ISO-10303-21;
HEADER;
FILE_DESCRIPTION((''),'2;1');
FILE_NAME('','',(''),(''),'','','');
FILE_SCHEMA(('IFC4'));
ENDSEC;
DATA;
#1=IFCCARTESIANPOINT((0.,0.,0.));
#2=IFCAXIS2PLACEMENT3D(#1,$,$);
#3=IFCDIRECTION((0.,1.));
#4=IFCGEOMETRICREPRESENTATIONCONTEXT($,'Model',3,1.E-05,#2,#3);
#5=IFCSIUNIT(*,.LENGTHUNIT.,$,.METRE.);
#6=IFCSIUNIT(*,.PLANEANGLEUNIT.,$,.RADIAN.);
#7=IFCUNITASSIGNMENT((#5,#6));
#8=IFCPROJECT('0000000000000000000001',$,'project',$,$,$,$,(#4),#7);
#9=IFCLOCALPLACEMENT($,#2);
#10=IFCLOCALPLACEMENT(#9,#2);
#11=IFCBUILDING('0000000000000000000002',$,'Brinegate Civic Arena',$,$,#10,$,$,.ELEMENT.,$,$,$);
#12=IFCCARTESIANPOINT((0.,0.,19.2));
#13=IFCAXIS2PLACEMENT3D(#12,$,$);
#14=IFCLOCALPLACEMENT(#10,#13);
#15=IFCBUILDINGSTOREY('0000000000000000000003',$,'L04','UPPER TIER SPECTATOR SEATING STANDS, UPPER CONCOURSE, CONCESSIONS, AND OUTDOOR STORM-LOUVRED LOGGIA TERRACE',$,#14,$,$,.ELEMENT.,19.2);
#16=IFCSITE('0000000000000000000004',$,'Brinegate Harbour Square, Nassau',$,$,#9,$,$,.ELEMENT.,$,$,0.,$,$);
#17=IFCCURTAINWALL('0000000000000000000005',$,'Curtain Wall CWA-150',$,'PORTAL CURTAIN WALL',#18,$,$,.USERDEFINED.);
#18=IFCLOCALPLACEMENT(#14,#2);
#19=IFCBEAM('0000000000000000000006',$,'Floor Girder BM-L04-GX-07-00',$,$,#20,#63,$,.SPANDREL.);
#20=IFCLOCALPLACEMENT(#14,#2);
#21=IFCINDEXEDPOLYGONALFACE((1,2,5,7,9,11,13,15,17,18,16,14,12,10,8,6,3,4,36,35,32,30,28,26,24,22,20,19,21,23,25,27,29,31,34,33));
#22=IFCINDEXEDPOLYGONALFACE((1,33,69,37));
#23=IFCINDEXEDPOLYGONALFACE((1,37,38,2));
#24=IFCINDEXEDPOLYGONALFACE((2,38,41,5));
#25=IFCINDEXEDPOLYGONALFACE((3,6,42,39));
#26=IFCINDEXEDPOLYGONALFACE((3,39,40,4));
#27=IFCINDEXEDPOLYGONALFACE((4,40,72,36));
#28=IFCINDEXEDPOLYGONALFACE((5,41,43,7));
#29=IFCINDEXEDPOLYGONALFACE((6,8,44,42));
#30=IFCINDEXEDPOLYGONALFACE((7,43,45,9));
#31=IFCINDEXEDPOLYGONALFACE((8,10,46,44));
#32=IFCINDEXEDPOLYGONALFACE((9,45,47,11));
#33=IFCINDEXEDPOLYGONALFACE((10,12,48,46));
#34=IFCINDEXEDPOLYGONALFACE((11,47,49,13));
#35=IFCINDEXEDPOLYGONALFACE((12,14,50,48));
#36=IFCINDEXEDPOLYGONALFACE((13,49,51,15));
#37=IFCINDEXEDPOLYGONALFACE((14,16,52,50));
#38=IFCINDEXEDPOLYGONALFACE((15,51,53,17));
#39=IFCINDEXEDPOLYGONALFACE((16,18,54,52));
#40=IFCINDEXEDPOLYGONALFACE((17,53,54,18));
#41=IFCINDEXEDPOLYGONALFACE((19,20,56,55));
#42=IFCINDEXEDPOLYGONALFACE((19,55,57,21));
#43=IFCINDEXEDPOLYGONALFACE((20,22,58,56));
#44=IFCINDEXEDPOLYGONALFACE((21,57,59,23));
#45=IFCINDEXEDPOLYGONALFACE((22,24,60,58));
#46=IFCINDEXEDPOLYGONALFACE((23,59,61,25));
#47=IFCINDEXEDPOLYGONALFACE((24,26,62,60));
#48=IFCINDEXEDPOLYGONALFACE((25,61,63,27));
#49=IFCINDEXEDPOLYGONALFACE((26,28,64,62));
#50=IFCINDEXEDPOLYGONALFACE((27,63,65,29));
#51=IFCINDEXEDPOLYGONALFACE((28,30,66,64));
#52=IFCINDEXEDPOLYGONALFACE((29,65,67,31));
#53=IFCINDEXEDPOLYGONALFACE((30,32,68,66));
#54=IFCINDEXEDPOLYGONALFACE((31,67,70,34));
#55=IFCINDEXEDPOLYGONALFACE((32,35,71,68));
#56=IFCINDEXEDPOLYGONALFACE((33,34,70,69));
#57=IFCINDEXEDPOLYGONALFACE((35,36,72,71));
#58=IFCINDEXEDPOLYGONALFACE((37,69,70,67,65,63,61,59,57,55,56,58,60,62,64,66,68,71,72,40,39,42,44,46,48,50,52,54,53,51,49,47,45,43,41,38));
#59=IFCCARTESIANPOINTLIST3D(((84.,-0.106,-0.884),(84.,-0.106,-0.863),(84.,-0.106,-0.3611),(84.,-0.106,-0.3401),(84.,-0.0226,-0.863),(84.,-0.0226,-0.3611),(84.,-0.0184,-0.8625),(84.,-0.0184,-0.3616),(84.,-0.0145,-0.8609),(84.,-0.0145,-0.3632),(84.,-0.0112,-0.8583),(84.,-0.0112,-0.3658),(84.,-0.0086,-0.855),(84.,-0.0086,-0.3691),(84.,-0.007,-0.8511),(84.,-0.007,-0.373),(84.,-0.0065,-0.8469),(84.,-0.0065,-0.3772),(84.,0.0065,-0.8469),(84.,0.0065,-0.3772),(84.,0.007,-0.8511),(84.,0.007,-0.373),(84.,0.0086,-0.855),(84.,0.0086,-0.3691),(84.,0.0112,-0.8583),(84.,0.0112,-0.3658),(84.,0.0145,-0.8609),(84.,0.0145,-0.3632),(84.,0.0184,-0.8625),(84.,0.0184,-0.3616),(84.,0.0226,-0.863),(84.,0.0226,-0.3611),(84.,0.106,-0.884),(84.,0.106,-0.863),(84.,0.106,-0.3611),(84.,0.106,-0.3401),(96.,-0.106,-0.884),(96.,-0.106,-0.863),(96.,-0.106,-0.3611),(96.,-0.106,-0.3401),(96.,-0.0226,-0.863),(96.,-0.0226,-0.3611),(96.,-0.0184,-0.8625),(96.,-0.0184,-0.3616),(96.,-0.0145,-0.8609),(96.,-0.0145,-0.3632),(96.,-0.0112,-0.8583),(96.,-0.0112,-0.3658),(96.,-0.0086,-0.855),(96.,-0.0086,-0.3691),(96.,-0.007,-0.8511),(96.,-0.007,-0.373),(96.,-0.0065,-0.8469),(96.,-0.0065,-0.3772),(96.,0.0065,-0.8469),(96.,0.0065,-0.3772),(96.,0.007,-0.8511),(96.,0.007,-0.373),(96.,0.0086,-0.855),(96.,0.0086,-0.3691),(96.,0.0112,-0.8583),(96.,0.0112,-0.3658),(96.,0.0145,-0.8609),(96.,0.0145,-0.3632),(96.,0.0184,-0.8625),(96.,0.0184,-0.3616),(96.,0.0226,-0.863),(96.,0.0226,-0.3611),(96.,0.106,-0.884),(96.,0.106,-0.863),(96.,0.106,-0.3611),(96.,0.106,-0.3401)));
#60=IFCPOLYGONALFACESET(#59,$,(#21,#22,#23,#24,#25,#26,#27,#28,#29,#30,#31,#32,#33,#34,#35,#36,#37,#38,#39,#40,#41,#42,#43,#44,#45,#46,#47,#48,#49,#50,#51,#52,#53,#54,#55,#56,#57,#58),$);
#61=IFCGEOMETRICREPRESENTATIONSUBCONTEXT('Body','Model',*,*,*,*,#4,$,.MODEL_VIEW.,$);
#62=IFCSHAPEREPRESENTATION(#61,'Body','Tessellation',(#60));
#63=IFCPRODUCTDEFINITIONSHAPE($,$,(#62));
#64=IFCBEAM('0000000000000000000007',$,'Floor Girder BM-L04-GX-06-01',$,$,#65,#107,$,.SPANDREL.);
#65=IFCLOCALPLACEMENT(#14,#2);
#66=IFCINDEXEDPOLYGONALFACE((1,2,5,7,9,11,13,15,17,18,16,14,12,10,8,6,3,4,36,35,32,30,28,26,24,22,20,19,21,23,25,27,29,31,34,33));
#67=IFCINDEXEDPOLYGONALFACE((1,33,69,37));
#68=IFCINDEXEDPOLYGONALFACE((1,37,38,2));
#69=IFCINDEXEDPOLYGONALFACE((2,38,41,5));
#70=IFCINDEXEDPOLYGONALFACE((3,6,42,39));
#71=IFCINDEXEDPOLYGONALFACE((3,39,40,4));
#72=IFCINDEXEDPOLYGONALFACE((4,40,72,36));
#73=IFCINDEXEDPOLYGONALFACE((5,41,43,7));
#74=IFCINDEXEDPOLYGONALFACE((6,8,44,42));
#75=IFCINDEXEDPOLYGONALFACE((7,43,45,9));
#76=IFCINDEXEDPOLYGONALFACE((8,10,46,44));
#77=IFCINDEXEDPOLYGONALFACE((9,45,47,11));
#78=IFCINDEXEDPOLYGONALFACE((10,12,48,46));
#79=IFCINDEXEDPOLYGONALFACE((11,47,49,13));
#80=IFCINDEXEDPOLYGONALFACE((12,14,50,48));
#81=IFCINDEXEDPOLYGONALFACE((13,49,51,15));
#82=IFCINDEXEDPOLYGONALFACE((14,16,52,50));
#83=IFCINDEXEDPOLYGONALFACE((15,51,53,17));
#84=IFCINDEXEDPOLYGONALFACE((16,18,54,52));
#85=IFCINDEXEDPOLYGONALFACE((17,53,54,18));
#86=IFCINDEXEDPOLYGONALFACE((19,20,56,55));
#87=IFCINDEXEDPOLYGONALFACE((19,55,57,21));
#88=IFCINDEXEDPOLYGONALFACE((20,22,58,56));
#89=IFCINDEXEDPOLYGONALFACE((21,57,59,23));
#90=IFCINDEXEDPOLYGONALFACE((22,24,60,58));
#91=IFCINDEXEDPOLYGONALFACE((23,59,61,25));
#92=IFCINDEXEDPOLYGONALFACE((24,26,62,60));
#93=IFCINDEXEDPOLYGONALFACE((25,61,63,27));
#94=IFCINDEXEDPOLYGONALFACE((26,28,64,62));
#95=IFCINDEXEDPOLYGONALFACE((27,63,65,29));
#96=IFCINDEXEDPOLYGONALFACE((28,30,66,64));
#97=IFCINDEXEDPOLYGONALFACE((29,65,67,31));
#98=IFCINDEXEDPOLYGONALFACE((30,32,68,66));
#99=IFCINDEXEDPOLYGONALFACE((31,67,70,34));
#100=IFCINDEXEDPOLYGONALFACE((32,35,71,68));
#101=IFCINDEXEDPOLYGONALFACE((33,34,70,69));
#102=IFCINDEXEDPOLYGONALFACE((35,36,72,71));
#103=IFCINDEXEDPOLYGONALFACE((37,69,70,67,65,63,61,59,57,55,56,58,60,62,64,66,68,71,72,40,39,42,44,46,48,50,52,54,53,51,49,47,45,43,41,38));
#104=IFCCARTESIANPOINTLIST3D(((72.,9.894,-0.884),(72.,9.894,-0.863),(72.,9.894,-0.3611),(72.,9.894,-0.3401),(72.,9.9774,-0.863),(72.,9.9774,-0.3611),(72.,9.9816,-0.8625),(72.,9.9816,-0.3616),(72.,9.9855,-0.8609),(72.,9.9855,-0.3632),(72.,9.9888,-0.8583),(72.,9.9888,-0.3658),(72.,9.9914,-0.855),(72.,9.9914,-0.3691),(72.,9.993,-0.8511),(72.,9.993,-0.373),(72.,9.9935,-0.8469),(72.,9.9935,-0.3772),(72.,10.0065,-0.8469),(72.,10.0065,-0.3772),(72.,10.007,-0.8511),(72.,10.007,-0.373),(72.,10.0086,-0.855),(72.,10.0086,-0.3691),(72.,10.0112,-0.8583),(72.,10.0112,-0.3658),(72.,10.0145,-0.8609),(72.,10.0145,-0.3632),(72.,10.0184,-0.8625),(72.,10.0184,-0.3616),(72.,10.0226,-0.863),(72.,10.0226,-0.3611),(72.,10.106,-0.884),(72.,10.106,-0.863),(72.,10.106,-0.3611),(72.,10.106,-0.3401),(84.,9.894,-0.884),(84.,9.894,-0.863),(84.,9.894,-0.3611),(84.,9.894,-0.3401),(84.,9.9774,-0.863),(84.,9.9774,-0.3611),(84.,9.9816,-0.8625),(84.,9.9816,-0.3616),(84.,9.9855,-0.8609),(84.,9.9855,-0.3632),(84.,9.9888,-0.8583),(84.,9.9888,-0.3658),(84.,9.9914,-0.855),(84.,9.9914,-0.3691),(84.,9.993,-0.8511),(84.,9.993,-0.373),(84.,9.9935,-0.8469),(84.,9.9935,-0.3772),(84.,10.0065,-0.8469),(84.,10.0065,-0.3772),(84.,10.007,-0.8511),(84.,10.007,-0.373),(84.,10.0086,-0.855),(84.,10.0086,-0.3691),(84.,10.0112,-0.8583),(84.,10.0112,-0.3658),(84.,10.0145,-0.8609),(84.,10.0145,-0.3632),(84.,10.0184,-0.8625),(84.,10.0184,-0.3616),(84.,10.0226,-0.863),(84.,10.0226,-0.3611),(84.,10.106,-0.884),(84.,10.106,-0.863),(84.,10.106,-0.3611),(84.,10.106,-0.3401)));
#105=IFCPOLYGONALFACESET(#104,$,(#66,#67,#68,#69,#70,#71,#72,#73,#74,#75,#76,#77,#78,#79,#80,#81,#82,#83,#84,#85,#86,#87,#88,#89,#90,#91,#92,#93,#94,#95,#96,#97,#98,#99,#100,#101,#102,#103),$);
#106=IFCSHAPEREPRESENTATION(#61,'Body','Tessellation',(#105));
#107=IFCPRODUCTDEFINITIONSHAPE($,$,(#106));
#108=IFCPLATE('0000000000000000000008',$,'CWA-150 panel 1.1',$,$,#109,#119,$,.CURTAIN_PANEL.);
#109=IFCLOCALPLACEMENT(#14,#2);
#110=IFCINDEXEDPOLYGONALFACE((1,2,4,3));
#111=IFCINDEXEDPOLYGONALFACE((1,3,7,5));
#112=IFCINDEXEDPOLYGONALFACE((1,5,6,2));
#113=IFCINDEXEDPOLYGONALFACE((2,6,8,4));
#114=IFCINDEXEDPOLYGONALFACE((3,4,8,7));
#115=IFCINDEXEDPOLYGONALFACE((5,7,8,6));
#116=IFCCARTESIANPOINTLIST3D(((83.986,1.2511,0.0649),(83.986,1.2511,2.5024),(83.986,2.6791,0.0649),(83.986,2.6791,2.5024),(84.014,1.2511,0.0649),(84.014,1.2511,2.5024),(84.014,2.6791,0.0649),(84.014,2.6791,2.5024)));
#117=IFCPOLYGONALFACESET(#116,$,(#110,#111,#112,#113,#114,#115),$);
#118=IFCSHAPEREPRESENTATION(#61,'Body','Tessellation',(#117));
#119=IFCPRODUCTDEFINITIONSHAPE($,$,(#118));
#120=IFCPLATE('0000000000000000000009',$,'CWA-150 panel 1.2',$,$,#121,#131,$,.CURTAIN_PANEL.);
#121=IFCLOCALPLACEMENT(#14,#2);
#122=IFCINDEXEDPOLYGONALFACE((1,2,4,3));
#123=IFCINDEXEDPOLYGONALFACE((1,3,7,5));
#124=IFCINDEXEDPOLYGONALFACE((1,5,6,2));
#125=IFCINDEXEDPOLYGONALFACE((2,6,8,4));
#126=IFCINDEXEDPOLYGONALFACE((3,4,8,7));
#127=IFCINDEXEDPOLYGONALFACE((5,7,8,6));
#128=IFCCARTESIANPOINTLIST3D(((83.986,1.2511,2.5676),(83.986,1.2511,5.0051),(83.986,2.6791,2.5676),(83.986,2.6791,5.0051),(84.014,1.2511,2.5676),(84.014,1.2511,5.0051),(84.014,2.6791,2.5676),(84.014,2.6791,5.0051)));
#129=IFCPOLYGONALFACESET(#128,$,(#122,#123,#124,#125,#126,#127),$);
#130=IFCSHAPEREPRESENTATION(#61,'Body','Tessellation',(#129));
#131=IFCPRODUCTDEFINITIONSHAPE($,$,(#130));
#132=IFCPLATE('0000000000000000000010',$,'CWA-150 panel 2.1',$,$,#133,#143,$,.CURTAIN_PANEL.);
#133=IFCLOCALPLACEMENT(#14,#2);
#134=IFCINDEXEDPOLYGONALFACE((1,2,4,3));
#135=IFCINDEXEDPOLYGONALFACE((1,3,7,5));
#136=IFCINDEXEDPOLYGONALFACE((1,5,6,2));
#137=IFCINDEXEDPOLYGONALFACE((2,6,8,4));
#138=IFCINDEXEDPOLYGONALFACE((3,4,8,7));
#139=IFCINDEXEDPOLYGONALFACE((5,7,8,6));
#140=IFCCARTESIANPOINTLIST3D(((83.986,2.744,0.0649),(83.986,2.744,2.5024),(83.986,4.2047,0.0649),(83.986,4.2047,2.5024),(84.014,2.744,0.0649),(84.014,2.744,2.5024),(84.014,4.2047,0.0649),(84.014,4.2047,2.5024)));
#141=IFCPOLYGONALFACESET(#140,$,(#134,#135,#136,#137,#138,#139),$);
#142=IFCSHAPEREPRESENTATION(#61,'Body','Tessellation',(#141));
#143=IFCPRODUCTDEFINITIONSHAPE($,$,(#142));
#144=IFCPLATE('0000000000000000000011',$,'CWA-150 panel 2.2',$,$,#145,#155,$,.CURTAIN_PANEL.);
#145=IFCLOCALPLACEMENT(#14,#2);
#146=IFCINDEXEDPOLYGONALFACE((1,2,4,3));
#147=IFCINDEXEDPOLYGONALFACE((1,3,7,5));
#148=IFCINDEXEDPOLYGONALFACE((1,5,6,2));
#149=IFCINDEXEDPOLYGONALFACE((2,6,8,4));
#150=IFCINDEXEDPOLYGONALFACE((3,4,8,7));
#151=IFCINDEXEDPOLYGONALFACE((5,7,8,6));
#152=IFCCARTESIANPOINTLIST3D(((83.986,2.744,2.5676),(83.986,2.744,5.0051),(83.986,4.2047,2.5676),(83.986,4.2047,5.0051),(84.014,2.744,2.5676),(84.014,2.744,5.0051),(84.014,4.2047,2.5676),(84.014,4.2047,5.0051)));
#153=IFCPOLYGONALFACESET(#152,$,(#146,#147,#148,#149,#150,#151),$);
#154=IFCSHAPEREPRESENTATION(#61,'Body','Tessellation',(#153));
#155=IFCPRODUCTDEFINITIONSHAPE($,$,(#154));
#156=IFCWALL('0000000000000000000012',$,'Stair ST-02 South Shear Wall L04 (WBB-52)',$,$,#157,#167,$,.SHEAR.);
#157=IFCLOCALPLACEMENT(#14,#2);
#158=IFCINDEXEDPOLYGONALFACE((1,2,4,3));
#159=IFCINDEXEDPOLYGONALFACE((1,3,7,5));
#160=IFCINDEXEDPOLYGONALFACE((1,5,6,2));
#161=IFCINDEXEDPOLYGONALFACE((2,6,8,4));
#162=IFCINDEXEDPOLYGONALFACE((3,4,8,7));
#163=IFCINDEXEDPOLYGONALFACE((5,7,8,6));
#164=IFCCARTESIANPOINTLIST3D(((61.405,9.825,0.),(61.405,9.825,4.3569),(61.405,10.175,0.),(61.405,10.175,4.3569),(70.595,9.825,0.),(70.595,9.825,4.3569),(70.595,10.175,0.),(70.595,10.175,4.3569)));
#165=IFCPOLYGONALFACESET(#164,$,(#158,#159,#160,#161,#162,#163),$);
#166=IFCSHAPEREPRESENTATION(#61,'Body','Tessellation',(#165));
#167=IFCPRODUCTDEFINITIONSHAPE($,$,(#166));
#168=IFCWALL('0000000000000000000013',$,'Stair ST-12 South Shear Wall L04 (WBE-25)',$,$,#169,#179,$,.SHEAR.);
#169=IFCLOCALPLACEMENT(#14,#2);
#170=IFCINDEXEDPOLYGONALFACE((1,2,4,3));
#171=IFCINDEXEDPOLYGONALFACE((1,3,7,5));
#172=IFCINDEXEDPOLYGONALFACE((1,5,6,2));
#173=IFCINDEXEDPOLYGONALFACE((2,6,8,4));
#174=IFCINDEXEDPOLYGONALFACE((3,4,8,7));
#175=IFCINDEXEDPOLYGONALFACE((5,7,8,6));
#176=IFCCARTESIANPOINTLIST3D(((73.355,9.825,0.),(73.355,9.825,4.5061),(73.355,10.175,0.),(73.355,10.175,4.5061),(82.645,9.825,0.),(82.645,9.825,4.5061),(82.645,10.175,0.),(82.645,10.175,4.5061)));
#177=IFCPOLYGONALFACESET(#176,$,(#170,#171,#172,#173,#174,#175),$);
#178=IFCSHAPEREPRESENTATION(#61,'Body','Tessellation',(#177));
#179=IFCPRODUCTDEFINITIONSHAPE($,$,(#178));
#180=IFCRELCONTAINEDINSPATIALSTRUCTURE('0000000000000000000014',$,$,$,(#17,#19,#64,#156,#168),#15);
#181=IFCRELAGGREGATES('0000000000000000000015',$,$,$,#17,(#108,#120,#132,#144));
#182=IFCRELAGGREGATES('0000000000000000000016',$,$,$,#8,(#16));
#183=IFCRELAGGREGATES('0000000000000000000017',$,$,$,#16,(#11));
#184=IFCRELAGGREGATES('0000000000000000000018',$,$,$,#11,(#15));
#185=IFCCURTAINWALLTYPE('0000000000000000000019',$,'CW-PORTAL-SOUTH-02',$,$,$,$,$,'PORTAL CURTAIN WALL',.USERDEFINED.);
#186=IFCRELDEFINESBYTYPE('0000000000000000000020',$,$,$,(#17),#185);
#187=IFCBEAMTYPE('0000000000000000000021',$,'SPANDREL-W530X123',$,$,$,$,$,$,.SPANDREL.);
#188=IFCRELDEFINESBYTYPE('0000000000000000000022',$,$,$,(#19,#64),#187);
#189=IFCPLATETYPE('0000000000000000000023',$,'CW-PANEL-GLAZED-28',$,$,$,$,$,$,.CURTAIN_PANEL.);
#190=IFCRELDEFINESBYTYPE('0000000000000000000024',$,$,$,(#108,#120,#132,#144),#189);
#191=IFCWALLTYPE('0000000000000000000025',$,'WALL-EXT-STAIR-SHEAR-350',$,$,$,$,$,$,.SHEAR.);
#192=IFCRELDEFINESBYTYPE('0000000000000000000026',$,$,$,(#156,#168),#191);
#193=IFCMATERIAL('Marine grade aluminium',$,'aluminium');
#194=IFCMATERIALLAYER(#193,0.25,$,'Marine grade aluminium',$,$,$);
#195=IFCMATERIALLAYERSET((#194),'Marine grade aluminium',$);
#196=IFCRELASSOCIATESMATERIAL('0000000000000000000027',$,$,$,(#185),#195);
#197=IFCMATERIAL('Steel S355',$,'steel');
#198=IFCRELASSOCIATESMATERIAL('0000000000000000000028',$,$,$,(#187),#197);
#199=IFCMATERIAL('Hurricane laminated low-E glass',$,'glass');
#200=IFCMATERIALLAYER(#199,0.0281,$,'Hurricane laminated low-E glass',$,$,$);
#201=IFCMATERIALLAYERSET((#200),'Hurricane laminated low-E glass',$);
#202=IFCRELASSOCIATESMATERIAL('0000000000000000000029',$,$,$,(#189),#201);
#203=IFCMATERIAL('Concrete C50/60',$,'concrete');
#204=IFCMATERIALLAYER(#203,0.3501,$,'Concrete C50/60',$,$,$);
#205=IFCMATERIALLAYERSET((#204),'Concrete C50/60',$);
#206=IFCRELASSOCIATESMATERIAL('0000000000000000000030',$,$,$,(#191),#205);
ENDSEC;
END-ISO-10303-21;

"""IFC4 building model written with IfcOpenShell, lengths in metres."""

from ifc_helpers import new_model, si_unit, direction, frame, frame_2d, origin, origin_2d, place, context, subcontext, project, spatial, rectangle, i_section, extrude, material, layer, layer_set, material_profile, profile_set, type_object, element, aggregate, save


model = new_model("IFC4")

# Units and contexts
model_context = context("Model", 3, precision=1e-05, world=origin(), true_north=direction((0.0, 1.0)))
body_context = subcontext(model_context, "Body", "Model", "MODEL_VIEW")
ifc_project = project(units=[si_unit("LENGTHUNIT", "METRE"), si_unit("PLANEANGLEUNIT", "RADIAN")], contexts=[model_context])

# Site, building, storey
site_placement = place(None, origin())
site = spatial("IfcSite", under=ifc_project, at=site_placement, Name="Brinegate Harbour Square, Nassau", CompositionType="ELEMENT", RefElevation=0.0)
building_placement = place(site_placement, origin())
building = spatial("IfcBuilding", under=site, at=building_placement, Name="Brinegate Civic Arena", CompositionType="ELEMENT")
storey_placement = place(building_placement, frame((0.0, 0.0, 19.2)))
storey = spatial("IfcBuildingStorey", under=building, at=storey_placement, Name="L04", Description="UPPER TIER SPECTATOR SEATING STANDS, UPPER CONCOURSE, CONCESSIONS, AND OUTDOOR STORM-LOUVRED LOGGIA TERRACE", CompositionType="ELEMENT", Elevation=19.2)

# Shared definitions
ifc_material_1 = material(Name="Concrete C50/60", Category="concrete")

# Curtain wall
ifc_material_2 = material(Name="Marine grade aluminium", Category="aluminium")
ifc_layer_1 = layer(ifc_material_2, 0.25, Name="Marine grade aluminium")
ifc_layer_set_1 = layer_set([ifc_layer_1], Name="Marine grade aluminium")
curtain_wall_type = type_object("IfcCurtainWallType", Name="CW-PORTAL-SOUTH-02", ElementType="PORTAL CURTAIN WALL", PredefinedType="USERDEFINED", material=ifc_layer_set_1)
curtain_wall_placement = place(storey_placement, origin())
curtain_wall = element("IfcCurtainWall", 1, at=curtain_wall_placement, inside=storey, type_object=curtain_wall_type, Name="Curtain Wall CWA-150", ObjectType="PORTAL CURTAIN WALL", PredefinedType="USERDEFINED")

# Beams
ifc_material_3 = material(Name="Steel S355", Category="steel")
ifc_material_profile_1 = material_profile(ifc_material_3, i_section(OverallWidth=0.2119, OverallDepth=0.5439, WebThickness=0.0129, FlangeThickness=0.021, FilletRadius=0.0161, at=origin_2d()), Name="W530X123")
ifc_profile_set_1 = profile_set([ifc_material_profile_1], Name="Steel S355")
beam_type_1 = type_object("IfcBeamType", Name="SPANDREL-W530X123", PredefinedType="SPANDREL", material=ifc_profile_set_1)
for number, where, z_axis, x_axis, name in (
    (2, (84.0, 0.0, -0.6121), (1.0, 0.0, 0.0), (0.0, 1.0, 0.0), "Floor Girder BM-L04-GX-07-00"),
    (3, (72.0, 10.0, -0.6121), (1.0, 0.0, 0.0), (0.0, 1.0, 0.0), "Floor Girder BM-L04-GX-06-01"),
):
    element("IfcBeam", number, at=place(storey_placement, frame(where, z_axis=z_axis, x_axis=x_axis)), inside=storey, type_object=beam_type_1, Name=name, PredefinedType="SPANDREL", context=body_context, shape_type="SweptSolid", body=[
        extrude(i_section(OverallWidth=0.2119, OverallDepth=0.5439, WebThickness=0.0129, FlangeThickness=0.021, FilletRadius=0.0161, at=origin_2d()), origin(), (0.0, 0.0, 1.0), 12.0),
    ])

# Plates
ifc_material_4 = material(Name="Hurricane laminated low-E glass", Category="glass")
ifc_layer_2 = layer(ifc_material_4, 0.0281, Name="Hurricane laminated low-E glass")
ifc_layer_set_2 = layer_set([ifc_layer_2], Name="Hurricane laminated low-E glass")
plate_type = type_object("IfcPlateType", Name="CW-PANEL-GLAZED-28", PredefinedType="CURTAIN_PANEL", material=ifc_layer_set_2)
plate_1_placement = place(storey_placement, frame((84.0, 1.9651, 0.0649), z_axis=(0.0, 0.0, 1.0), x_axis=(0.0, 1.0, 0.0)))
plate_1 = element("IfcPlate", 4, at=plate_1_placement, type_object=plate_type, Name="CWA-150 panel 1.1", PredefinedType="CURTAIN_PANEL", context=body_context, shape_type="SweptSolid", body=[
    extrude(rectangle(XDim=1.428, YDim=0.0281, at=origin_2d()), origin(), (0.0, 0.0, 1.0), 2.4375),
])
plate_2_placement = place(storey_placement, frame((84.0, 1.9651, 2.5676), z_axis=(0.0, 0.0, 1.0), x_axis=(0.0, 1.0, 0.0)))
plate_2 = element("IfcPlate", 5, at=plate_2_placement, type_object=plate_type, Name="CWA-150 panel 1.2", PredefinedType="CURTAIN_PANEL", context=body_context, shape_type="SweptSolid", body=[
    extrude(rectangle(XDim=1.428, YDim=0.0281, at=origin_2d()), origin(), (0.0, 0.0, 1.0), 2.4375),
])
plate_3_placement = place(storey_placement, frame((84.0, 3.4744, 0.0649), z_axis=(0.0, 0.0, 1.0), x_axis=(0.0, 1.0, 0.0)))
plate_3 = element("IfcPlate", 6, at=plate_3_placement, type_object=plate_type, Name="CWA-150 panel 2.1", PredefinedType="CURTAIN_PANEL", context=body_context, shape_type="SweptSolid", body=[
    extrude(rectangle(XDim=1.4607, YDim=0.0281, at=origin_2d()), origin(), (0.0, 0.0, 1.0), 2.4375),
])
plate_4_placement = place(storey_placement, frame((84.0, 3.4744, 2.5676), z_axis=(0.0, 0.0, 1.0), x_axis=(0.0, 1.0, 0.0)))
plate_4 = element("IfcPlate", 7, at=plate_4_placement, type_object=plate_type, Name="CWA-150 panel 2.2", PredefinedType="CURTAIN_PANEL", context=body_context, shape_type="SweptSolid", body=[
    extrude(rectangle(XDim=1.4607, YDim=0.0281, at=origin_2d()), origin(), (0.0, 0.0, 1.0), 2.4375),
])
aggregate(curtain_wall, [plate_1, plate_2, plate_3, plate_4])

# Walls
ifc_layer_3 = layer(ifc_material_1, 0.3501, Name="Concrete C50/60")
ifc_layer_set_3 = layer_set([ifc_layer_3], Name="Concrete C50/60")
wall_type = type_object("IfcWallType", Name="WALL-EXT-STAIR-SHEAR-350", PredefinedType="SHEAR", material=ifc_layer_set_3)
wall_1_placement = place(storey_placement, frame((61.405, 10.0, 0.0), z_axis=(0.0, 0.0, 1.0), x_axis=(1.0, 0.0, 0.0)))
element("IfcWall", 8, at=wall_1_placement, inside=storey, type_object=wall_type, Name="Stair ST-02 South Shear Wall L04 (WBB-52)", PredefinedType="SHEAR", context=body_context, shape_type="SweptSolid", body=[
    extrude(rectangle(XDim=9.1899, YDim=0.3501, at=frame_2d((4.595, 0.0))), origin(), (0.0, 0.0, 1.0), 4.3569),
])
wall_2_placement = place(storey_placement, frame((73.355, 10.0, 0.0), z_axis=(0.0, 0.0, 1.0), x_axis=(1.0, 0.0, 0.0)))
element("IfcWall", 9, at=wall_2_placement, inside=storey, type_object=wall_type, Name="Stair ST-12 South Shear Wall L04 (WBE-25)", PredefinedType="SHEAR", context=body_context, shape_type="SweptSolid", body=[
    extrude(rectangle(XDim=9.29, YDim=0.3501, at=frame_2d((4.645, 0.0))), origin(), (0.0, 0.0, 1.0), 4.5061),
])

save(model, "model.ifc")
